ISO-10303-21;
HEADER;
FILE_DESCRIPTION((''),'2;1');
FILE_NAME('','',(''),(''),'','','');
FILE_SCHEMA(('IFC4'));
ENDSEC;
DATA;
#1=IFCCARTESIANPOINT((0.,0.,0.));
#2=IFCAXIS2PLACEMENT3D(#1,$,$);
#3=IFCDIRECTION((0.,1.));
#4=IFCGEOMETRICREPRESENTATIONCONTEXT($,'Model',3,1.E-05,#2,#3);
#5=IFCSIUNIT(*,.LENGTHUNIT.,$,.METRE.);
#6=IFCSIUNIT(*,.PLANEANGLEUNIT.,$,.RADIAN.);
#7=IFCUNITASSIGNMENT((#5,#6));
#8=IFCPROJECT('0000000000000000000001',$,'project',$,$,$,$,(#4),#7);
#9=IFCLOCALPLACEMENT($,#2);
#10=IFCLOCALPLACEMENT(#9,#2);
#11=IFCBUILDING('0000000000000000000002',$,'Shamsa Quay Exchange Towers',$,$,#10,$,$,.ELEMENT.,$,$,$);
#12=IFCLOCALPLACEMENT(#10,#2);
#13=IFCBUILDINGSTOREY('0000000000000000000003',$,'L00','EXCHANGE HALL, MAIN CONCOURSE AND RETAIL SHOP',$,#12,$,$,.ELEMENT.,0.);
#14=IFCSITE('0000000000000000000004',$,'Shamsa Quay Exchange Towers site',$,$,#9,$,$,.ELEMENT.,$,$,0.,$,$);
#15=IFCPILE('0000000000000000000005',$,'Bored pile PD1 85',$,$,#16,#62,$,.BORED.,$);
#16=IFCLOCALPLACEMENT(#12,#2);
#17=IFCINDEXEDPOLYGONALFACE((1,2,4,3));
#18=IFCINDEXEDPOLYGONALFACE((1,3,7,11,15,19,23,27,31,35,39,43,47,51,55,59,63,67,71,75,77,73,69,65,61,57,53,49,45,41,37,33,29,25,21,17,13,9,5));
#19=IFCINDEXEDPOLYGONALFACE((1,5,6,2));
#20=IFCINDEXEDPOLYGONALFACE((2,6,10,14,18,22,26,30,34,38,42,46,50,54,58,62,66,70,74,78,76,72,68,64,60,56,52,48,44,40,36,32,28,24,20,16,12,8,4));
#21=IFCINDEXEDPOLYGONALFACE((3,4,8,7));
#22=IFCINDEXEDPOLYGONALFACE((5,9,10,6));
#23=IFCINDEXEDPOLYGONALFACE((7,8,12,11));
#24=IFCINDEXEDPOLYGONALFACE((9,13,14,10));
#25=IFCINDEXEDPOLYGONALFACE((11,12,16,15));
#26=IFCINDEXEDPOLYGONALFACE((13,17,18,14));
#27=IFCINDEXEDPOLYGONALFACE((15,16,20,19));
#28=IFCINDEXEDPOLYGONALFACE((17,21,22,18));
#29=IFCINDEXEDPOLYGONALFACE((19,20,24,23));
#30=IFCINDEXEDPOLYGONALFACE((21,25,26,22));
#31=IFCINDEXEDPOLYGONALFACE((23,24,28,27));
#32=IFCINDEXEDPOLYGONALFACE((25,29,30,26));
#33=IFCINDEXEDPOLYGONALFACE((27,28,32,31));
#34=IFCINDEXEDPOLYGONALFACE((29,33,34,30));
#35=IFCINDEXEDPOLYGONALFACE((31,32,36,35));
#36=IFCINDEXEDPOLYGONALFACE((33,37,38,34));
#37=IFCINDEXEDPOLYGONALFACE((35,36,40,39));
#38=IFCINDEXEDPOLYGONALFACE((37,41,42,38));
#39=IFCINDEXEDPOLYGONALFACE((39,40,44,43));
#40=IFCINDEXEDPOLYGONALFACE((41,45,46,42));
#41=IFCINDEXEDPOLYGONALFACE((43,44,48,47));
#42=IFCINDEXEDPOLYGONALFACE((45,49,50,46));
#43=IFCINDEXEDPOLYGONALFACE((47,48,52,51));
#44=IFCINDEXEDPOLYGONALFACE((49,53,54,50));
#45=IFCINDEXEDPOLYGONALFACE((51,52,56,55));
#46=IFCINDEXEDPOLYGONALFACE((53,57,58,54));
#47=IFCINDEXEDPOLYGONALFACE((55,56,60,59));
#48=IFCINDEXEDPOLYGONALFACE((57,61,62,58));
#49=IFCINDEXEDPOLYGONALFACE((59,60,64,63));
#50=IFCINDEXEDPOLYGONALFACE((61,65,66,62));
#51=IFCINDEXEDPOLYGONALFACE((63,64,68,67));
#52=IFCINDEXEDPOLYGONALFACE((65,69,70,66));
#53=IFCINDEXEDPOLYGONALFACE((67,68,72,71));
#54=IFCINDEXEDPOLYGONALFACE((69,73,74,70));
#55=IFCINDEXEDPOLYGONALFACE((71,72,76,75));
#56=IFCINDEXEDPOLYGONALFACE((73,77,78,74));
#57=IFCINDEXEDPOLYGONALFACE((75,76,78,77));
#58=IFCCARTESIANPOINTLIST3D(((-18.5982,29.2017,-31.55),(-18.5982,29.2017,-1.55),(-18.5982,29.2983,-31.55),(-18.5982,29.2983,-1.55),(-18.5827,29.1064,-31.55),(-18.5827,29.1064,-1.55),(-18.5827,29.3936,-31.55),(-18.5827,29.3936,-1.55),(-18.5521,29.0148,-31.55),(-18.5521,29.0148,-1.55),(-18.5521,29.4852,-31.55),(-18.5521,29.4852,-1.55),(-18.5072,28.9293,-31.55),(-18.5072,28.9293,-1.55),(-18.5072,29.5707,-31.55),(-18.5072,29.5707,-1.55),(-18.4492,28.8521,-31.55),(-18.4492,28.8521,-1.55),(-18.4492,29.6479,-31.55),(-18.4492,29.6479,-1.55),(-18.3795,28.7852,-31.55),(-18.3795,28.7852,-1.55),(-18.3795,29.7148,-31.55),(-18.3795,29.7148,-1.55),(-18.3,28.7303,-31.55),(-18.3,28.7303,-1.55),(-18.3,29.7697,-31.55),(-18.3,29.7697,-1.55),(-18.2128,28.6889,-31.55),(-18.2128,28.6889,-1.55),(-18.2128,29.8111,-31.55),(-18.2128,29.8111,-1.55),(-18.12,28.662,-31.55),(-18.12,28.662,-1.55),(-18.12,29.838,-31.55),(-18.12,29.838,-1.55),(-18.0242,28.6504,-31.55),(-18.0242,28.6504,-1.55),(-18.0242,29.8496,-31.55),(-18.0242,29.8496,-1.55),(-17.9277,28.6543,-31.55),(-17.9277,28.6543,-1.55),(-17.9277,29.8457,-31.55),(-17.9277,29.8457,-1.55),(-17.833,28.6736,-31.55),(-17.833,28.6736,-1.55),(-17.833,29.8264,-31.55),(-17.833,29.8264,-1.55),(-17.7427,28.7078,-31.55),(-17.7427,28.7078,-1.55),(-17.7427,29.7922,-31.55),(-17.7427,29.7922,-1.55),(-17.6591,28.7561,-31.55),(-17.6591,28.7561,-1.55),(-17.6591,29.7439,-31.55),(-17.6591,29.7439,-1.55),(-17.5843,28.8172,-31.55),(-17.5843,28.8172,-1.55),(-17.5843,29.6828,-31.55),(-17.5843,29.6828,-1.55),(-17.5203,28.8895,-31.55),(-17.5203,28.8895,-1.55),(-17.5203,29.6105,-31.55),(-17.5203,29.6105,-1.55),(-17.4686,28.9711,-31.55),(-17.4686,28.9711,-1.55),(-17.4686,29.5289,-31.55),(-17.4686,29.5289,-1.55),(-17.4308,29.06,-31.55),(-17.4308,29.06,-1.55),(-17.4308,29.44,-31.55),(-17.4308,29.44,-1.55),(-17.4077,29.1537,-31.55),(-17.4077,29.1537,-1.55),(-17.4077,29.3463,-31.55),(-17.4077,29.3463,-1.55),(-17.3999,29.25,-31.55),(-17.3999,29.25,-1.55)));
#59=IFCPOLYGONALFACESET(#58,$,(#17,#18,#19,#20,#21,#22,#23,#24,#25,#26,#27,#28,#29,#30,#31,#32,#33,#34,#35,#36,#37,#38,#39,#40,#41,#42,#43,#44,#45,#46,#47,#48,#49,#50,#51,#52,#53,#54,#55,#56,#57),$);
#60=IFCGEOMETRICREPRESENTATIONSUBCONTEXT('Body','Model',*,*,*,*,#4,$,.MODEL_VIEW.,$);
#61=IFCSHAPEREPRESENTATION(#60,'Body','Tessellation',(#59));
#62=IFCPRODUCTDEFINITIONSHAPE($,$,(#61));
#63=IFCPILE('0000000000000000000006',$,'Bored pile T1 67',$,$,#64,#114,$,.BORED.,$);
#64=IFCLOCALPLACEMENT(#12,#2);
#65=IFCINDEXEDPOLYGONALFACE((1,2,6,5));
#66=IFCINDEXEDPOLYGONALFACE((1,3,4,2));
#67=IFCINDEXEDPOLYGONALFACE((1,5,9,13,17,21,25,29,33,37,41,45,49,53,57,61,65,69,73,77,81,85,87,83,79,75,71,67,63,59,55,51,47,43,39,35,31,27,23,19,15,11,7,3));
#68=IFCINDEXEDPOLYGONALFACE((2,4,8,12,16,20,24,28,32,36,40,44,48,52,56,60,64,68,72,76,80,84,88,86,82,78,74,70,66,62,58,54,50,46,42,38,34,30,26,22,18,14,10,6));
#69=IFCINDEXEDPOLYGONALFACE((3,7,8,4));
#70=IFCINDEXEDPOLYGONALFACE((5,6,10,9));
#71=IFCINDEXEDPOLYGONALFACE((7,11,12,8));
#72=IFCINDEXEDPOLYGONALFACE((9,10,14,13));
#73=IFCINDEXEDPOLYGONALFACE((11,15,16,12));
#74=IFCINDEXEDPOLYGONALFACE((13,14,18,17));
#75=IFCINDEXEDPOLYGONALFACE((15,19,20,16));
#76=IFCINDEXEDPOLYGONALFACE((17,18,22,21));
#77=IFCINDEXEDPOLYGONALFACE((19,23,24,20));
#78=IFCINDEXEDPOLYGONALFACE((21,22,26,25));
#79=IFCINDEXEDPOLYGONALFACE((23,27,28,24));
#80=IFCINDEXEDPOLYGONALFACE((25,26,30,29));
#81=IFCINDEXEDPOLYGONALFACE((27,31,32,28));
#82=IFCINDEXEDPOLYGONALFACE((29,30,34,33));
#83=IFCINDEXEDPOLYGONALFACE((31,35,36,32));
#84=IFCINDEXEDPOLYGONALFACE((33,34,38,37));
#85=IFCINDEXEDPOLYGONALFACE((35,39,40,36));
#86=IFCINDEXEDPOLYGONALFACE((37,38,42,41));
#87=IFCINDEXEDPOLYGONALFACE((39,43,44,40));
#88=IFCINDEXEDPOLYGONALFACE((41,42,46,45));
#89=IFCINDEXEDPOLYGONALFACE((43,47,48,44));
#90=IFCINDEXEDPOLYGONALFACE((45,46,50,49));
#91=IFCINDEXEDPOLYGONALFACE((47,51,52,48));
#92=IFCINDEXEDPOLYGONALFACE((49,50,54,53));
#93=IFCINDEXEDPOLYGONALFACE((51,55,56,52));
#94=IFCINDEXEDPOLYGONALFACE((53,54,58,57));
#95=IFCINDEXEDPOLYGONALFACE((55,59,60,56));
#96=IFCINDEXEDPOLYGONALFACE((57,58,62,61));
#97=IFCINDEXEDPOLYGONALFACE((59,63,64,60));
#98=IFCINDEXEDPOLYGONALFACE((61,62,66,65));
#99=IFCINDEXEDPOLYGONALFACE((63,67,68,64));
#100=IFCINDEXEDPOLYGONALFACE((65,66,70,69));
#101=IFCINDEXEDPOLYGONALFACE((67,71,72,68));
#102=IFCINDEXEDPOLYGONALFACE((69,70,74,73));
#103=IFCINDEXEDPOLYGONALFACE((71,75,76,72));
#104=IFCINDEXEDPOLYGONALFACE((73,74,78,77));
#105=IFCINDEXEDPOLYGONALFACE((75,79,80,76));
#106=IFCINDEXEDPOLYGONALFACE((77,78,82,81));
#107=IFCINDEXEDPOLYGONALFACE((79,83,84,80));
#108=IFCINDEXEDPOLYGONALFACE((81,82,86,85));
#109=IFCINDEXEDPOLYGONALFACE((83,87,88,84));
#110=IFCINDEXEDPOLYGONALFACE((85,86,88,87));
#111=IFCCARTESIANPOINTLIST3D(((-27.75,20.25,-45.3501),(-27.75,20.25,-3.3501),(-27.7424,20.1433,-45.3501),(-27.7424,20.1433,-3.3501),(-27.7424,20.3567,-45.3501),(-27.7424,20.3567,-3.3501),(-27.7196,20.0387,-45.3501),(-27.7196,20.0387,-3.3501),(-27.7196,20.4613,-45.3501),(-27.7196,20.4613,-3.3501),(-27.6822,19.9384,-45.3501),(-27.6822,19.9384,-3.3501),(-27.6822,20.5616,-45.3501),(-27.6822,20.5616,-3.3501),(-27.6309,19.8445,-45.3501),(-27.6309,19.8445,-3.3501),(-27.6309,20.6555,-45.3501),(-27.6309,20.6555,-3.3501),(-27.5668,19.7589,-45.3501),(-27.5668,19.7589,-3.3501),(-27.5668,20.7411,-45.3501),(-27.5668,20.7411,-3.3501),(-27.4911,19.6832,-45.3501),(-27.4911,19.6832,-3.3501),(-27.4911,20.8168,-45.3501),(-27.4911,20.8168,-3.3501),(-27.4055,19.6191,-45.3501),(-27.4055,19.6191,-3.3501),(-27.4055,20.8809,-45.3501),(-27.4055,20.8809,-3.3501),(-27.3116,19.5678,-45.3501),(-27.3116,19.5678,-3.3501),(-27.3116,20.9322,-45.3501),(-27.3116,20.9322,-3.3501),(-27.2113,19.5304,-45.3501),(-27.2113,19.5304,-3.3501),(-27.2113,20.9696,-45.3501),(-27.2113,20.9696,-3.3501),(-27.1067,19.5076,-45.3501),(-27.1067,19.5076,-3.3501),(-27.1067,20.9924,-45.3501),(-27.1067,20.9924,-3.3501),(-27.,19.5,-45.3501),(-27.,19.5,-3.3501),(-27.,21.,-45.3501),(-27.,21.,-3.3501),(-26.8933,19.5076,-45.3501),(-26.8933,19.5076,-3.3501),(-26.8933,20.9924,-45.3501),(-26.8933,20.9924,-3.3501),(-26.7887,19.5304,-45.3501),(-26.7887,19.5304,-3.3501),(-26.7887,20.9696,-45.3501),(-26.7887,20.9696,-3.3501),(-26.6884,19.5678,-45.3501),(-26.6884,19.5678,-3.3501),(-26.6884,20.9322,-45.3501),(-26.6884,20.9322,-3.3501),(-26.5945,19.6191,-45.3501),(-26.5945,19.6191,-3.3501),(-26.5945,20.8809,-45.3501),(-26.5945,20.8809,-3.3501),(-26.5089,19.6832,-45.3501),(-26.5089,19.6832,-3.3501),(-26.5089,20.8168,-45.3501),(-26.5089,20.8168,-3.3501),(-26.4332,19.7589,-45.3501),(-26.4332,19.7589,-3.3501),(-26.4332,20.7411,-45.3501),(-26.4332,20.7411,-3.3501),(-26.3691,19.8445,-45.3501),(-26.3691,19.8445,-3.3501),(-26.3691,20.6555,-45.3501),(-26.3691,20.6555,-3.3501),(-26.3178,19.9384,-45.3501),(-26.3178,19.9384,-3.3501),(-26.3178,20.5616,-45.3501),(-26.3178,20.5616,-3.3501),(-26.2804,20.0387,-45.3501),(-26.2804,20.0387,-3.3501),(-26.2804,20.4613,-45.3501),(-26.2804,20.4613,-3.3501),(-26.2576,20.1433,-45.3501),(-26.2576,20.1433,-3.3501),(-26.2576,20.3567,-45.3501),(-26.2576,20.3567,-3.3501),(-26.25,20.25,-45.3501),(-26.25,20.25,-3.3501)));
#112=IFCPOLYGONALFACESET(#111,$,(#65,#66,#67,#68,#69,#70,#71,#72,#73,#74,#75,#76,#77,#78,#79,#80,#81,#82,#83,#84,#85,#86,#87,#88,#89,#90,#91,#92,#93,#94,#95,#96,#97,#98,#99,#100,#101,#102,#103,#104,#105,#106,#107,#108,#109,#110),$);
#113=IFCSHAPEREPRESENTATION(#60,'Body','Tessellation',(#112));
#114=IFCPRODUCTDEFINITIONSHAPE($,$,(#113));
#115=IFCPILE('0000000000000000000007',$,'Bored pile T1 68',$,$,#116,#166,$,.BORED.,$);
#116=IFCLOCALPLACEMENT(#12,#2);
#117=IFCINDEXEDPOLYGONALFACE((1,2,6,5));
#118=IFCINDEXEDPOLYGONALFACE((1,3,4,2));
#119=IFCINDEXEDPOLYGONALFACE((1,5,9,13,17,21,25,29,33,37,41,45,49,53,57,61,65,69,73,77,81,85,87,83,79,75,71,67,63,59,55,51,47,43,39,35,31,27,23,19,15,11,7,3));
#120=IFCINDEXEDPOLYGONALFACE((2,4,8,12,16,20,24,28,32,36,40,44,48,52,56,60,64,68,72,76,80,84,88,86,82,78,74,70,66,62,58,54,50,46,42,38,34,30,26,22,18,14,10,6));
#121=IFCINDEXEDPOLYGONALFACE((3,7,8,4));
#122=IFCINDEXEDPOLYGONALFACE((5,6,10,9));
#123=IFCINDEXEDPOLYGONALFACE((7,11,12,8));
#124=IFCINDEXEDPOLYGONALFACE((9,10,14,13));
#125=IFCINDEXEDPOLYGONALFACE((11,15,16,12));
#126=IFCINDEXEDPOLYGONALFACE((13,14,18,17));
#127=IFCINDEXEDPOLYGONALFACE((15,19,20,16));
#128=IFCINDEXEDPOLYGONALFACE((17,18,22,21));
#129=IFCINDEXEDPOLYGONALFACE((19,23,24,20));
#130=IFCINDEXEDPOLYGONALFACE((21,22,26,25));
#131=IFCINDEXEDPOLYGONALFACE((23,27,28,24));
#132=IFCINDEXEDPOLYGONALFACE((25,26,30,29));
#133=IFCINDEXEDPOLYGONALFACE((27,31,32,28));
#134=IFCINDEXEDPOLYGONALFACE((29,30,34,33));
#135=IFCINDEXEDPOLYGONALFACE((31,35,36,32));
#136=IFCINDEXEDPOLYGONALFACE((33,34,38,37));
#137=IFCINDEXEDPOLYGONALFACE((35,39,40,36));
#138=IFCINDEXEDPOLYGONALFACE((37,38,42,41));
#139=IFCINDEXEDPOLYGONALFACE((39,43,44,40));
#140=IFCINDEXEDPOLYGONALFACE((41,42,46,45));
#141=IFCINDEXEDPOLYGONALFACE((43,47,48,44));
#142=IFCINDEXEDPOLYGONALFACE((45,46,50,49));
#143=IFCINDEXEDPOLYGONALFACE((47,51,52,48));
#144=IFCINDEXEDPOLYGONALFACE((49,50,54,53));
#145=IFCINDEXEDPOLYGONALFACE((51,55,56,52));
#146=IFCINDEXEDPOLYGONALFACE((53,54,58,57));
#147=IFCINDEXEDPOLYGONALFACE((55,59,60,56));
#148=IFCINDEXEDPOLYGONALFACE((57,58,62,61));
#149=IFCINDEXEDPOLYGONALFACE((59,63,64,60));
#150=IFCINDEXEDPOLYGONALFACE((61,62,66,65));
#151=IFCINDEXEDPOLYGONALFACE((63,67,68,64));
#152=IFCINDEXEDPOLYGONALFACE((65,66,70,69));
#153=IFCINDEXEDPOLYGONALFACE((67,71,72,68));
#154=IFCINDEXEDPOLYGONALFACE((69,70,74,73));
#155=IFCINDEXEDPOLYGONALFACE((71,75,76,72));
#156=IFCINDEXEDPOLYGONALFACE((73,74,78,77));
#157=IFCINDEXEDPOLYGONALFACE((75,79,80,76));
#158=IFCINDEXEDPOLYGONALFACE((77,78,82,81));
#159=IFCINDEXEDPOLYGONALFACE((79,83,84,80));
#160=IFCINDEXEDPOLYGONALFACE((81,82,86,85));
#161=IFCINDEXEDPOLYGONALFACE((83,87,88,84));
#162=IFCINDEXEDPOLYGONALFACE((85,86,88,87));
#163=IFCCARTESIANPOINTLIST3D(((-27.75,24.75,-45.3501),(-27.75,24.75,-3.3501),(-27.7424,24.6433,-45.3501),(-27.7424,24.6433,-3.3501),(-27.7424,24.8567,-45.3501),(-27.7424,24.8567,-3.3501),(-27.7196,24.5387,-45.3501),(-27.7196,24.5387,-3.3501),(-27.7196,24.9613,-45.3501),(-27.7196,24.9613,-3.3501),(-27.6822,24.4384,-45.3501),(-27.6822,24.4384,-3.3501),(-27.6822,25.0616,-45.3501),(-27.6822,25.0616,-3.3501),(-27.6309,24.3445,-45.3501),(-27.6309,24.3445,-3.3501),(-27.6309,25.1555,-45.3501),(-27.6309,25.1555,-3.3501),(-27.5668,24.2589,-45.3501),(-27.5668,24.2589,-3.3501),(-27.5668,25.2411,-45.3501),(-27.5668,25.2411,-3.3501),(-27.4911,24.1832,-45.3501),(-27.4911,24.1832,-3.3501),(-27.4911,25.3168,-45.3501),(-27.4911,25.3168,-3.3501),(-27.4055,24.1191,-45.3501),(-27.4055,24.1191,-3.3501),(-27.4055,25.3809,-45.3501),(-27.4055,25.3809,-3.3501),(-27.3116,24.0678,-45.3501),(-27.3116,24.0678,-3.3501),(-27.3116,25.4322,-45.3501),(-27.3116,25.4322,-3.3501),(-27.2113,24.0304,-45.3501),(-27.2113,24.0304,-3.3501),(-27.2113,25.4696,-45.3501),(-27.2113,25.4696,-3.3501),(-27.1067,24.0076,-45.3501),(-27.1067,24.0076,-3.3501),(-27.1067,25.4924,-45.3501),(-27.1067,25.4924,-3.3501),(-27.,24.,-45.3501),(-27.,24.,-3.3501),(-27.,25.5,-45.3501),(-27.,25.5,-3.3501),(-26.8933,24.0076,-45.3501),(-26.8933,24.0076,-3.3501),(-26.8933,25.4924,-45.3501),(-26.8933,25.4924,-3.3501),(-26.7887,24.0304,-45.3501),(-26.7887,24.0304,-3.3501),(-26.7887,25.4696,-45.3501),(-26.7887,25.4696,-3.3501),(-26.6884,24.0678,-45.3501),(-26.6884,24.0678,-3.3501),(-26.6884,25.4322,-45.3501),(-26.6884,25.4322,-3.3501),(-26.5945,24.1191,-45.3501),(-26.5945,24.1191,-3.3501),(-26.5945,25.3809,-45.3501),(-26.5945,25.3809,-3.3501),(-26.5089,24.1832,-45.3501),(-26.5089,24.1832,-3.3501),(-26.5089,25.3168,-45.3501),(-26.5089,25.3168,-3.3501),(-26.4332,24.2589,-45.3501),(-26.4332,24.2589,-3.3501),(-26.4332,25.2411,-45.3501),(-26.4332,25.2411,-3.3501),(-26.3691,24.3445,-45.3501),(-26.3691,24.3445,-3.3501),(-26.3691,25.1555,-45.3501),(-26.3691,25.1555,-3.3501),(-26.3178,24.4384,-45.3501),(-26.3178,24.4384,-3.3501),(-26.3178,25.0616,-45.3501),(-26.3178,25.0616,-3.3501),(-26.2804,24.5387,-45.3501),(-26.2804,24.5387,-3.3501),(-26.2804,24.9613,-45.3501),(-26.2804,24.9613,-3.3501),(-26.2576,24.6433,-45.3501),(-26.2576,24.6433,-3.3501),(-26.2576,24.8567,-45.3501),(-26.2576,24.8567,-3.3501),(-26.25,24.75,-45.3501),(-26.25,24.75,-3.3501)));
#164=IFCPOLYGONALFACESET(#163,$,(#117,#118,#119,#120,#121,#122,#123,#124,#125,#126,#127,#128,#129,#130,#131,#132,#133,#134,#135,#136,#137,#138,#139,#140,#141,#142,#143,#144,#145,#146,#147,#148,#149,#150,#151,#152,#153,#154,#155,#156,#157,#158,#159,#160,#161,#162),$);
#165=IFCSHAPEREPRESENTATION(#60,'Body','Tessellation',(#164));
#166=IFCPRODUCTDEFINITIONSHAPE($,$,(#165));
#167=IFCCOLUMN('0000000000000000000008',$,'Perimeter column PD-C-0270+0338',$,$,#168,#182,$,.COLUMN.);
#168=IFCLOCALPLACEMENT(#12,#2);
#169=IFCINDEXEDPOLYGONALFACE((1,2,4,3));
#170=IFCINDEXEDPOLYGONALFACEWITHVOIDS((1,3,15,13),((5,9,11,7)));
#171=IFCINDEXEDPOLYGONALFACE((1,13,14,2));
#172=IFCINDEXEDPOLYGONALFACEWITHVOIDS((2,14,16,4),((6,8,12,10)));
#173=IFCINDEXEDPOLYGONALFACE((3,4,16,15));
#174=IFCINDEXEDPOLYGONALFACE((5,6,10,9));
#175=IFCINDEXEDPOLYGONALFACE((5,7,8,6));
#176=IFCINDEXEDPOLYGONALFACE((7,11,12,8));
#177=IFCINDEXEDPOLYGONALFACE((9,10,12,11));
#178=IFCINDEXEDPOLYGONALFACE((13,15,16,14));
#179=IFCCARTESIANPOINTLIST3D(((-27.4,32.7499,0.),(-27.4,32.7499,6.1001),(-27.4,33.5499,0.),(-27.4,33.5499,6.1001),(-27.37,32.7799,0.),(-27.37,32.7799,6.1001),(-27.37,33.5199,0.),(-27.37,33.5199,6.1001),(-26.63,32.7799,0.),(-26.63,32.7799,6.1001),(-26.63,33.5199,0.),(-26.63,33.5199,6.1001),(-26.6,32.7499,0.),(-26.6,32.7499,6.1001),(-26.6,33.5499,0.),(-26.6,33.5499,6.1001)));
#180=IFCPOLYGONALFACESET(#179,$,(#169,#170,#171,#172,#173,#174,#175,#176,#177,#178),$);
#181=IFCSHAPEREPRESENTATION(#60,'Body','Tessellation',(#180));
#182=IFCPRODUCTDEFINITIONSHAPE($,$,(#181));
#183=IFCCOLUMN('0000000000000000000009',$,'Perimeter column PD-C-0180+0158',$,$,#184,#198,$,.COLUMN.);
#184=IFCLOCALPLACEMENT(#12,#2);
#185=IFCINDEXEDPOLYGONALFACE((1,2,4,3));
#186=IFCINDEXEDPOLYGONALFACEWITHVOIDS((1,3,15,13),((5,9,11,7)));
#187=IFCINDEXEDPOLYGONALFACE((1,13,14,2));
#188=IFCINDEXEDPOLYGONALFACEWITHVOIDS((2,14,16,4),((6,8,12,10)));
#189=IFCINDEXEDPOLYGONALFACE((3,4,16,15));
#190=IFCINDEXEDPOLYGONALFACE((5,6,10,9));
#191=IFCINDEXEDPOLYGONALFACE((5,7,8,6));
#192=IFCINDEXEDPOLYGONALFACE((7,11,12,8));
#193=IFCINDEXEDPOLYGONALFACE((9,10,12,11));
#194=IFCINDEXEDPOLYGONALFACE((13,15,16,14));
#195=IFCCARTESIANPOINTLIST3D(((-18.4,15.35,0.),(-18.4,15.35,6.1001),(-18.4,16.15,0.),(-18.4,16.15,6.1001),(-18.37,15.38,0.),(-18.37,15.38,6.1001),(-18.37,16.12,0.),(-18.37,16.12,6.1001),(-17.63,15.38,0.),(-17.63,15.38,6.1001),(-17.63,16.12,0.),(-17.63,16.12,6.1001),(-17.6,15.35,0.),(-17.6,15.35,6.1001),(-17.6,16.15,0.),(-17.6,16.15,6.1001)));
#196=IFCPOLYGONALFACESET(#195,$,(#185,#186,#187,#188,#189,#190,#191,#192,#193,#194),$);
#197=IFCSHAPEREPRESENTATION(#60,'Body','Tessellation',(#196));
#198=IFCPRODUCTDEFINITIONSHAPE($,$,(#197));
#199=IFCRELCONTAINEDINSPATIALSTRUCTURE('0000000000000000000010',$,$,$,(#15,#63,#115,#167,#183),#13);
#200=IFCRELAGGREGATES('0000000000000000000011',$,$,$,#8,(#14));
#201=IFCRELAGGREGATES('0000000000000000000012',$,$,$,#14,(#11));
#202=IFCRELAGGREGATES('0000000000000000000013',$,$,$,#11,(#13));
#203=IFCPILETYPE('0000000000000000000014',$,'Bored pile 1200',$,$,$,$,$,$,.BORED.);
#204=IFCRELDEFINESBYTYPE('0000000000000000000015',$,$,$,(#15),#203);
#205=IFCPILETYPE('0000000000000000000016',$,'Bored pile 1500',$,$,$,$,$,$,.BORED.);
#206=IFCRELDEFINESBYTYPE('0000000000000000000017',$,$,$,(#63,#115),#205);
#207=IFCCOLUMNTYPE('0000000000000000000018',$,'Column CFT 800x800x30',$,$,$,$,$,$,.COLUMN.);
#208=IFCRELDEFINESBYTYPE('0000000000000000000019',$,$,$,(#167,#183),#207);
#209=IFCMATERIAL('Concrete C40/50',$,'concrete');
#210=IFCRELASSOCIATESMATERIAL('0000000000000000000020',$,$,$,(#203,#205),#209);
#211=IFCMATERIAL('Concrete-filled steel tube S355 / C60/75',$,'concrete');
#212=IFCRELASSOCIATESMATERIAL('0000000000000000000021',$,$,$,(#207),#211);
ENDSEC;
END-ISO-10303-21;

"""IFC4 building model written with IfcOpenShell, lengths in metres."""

from ifc_helpers import new_model, si_unit, direction, frame, origin, origin_2d, place, context, subcontext, project, spatial, hollow_rectangle, circle, extrude, material, material_profile, profile_set, type_object, element, save


model = new_model("IFC4")

# Units and contexts
model_context = context("Model", 3, precision=1e-05, world=origin(), true_north=direction((0.0, 1.0)))
body_context = subcontext(model_context, "Body", "Model", "MODEL_VIEW")
ifc_project = project(units=[si_unit("LENGTHUNIT", "METRE"), si_unit("PLANEANGLEUNIT", "RADIAN")], contexts=[model_context])

# Site, building, storey
site_placement = place(None, origin())
site = spatial("IfcSite", under=ifc_project, at=site_placement, Name="Shamsa Quay Exchange Towers site", CompositionType="ELEMENT", RefElevation=0.0)
building_placement = place(site_placement, origin())
building = spatial("IfcBuilding", under=site, at=building_placement, Name="Shamsa Quay Exchange Towers", CompositionType="ELEMENT")
storey_placement = place(building_placement, origin())
storey = spatial("IfcBuildingStorey", under=building, at=storey_placement, Name="L00", Description="EXCHANGE HALL, MAIN CONCOURSE AND RETAIL SHOP", CompositionType="ELEMENT", Elevation=0.0)

# Piles
ifc_material_1 = material(Name="Concrete C40/50", Category="concrete")
ifc_material_profile_1 = material_profile(ifc_material_1, circle(Radius=0.6001, at=origin_2d()), Name="BP1200")
ifc_profile_set_1 = profile_set([ifc_material_profile_1], Name="Concrete C40/50")
pile_type_1 = type_object("IfcPileType", Name="Bored pile 1200", PredefinedType="BORED", material=ifc_profile_set_1)
for number, where, z_axis, x_axis, name in (
    (1, (-18.0, 29.25, -1.55), (0.0, 0.0, -1.0), (1.0, 0.0, 0.0), "Bored pile PD1 85"),
):
    element("IfcPile", number, at=place(storey_placement, frame(where, z_axis=z_axis, x_axis=x_axis)), inside=storey, type_object=pile_type_1, Name=name, PredefinedType="BORED", context=body_context, shape_type="SweptSolid", body=[
        extrude(circle(Radius=0.6001, at=origin_2d()), origin(), (0.0, 0.0, 1.0), 30.0),
    ])
ifc_material_profile_2 = material_profile(ifc_material_1, circle(Radius=0.75, at=origin_2d()), Name="BP1500")
ifc_profile_set_2 = profile_set([ifc_material_profile_2], Name="Concrete C40/50")
pile_type_2 = type_object("IfcPileType", Name="Bored pile 1500", PredefinedType="BORED", material=ifc_profile_set_2)
for number, where, z_axis, x_axis, name in (
    (2, (-27.0, 20.25, -3.3501), (0.0, 0.0, -1.0), (1.0, 0.0, 0.0), "Bored pile T1 67"),
    (3, (-27.0, 24.75, -3.3501), (0.0, 0.0, -1.0), (1.0, 0.0, 0.0), "Bored pile T1 68"),
):
    element("IfcPile", number, at=place(storey_placement, frame(where, z_axis=z_axis, x_axis=x_axis)), inside=storey, type_object=pile_type_2, Name=name, PredefinedType="BORED", context=body_context, shape_type="SweptSolid", body=[
        extrude(circle(Radius=0.75, at=origin_2d()), origin(), (0.0, 0.0, 1.0), 42.0),
    ])

# Columns
ifc_material_2 = material(Name="Concrete-filled steel tube S355 / C60/75", Category="concrete")
ifc_material_profile_3 = material_profile(ifc_material_2, hollow_rectangle(XDim=0.8, YDim=0.8, WallThickness=0.03, at=origin_2d()), Name="CFT 800x800x30")
ifc_profile_set_3 = profile_set([ifc_material_profile_3], Name="Concrete-filled steel tube S355 / C60/75")
column_type = type_object("IfcColumnType", Name="Column CFT 800x800x30", PredefinedType="COLUMN", material=ifc_profile_set_3)
for number, where, name in (
    (4, (-27.0, 33.1499, 0.0), "Perimeter column PD-C-0270+0338"),
    (5, (-18.0, 15.75, 0.0), "Perimeter column PD-C-0180+0158"),
):
    element("IfcColumn", number, at=place(storey_placement, frame(where)), inside=storey, type_object=column_type, Name=name, PredefinedType="COLUMN", context=body_context, shape_type="SweptSolid", body=[
        extrude(hollow_rectangle(XDim=0.8, YDim=0.8, WallThickness=0.03, at=origin_2d()), origin(), (0.0, 0.0, 1.0), 6.1001),
    ])

save(model, "model.ifc")
